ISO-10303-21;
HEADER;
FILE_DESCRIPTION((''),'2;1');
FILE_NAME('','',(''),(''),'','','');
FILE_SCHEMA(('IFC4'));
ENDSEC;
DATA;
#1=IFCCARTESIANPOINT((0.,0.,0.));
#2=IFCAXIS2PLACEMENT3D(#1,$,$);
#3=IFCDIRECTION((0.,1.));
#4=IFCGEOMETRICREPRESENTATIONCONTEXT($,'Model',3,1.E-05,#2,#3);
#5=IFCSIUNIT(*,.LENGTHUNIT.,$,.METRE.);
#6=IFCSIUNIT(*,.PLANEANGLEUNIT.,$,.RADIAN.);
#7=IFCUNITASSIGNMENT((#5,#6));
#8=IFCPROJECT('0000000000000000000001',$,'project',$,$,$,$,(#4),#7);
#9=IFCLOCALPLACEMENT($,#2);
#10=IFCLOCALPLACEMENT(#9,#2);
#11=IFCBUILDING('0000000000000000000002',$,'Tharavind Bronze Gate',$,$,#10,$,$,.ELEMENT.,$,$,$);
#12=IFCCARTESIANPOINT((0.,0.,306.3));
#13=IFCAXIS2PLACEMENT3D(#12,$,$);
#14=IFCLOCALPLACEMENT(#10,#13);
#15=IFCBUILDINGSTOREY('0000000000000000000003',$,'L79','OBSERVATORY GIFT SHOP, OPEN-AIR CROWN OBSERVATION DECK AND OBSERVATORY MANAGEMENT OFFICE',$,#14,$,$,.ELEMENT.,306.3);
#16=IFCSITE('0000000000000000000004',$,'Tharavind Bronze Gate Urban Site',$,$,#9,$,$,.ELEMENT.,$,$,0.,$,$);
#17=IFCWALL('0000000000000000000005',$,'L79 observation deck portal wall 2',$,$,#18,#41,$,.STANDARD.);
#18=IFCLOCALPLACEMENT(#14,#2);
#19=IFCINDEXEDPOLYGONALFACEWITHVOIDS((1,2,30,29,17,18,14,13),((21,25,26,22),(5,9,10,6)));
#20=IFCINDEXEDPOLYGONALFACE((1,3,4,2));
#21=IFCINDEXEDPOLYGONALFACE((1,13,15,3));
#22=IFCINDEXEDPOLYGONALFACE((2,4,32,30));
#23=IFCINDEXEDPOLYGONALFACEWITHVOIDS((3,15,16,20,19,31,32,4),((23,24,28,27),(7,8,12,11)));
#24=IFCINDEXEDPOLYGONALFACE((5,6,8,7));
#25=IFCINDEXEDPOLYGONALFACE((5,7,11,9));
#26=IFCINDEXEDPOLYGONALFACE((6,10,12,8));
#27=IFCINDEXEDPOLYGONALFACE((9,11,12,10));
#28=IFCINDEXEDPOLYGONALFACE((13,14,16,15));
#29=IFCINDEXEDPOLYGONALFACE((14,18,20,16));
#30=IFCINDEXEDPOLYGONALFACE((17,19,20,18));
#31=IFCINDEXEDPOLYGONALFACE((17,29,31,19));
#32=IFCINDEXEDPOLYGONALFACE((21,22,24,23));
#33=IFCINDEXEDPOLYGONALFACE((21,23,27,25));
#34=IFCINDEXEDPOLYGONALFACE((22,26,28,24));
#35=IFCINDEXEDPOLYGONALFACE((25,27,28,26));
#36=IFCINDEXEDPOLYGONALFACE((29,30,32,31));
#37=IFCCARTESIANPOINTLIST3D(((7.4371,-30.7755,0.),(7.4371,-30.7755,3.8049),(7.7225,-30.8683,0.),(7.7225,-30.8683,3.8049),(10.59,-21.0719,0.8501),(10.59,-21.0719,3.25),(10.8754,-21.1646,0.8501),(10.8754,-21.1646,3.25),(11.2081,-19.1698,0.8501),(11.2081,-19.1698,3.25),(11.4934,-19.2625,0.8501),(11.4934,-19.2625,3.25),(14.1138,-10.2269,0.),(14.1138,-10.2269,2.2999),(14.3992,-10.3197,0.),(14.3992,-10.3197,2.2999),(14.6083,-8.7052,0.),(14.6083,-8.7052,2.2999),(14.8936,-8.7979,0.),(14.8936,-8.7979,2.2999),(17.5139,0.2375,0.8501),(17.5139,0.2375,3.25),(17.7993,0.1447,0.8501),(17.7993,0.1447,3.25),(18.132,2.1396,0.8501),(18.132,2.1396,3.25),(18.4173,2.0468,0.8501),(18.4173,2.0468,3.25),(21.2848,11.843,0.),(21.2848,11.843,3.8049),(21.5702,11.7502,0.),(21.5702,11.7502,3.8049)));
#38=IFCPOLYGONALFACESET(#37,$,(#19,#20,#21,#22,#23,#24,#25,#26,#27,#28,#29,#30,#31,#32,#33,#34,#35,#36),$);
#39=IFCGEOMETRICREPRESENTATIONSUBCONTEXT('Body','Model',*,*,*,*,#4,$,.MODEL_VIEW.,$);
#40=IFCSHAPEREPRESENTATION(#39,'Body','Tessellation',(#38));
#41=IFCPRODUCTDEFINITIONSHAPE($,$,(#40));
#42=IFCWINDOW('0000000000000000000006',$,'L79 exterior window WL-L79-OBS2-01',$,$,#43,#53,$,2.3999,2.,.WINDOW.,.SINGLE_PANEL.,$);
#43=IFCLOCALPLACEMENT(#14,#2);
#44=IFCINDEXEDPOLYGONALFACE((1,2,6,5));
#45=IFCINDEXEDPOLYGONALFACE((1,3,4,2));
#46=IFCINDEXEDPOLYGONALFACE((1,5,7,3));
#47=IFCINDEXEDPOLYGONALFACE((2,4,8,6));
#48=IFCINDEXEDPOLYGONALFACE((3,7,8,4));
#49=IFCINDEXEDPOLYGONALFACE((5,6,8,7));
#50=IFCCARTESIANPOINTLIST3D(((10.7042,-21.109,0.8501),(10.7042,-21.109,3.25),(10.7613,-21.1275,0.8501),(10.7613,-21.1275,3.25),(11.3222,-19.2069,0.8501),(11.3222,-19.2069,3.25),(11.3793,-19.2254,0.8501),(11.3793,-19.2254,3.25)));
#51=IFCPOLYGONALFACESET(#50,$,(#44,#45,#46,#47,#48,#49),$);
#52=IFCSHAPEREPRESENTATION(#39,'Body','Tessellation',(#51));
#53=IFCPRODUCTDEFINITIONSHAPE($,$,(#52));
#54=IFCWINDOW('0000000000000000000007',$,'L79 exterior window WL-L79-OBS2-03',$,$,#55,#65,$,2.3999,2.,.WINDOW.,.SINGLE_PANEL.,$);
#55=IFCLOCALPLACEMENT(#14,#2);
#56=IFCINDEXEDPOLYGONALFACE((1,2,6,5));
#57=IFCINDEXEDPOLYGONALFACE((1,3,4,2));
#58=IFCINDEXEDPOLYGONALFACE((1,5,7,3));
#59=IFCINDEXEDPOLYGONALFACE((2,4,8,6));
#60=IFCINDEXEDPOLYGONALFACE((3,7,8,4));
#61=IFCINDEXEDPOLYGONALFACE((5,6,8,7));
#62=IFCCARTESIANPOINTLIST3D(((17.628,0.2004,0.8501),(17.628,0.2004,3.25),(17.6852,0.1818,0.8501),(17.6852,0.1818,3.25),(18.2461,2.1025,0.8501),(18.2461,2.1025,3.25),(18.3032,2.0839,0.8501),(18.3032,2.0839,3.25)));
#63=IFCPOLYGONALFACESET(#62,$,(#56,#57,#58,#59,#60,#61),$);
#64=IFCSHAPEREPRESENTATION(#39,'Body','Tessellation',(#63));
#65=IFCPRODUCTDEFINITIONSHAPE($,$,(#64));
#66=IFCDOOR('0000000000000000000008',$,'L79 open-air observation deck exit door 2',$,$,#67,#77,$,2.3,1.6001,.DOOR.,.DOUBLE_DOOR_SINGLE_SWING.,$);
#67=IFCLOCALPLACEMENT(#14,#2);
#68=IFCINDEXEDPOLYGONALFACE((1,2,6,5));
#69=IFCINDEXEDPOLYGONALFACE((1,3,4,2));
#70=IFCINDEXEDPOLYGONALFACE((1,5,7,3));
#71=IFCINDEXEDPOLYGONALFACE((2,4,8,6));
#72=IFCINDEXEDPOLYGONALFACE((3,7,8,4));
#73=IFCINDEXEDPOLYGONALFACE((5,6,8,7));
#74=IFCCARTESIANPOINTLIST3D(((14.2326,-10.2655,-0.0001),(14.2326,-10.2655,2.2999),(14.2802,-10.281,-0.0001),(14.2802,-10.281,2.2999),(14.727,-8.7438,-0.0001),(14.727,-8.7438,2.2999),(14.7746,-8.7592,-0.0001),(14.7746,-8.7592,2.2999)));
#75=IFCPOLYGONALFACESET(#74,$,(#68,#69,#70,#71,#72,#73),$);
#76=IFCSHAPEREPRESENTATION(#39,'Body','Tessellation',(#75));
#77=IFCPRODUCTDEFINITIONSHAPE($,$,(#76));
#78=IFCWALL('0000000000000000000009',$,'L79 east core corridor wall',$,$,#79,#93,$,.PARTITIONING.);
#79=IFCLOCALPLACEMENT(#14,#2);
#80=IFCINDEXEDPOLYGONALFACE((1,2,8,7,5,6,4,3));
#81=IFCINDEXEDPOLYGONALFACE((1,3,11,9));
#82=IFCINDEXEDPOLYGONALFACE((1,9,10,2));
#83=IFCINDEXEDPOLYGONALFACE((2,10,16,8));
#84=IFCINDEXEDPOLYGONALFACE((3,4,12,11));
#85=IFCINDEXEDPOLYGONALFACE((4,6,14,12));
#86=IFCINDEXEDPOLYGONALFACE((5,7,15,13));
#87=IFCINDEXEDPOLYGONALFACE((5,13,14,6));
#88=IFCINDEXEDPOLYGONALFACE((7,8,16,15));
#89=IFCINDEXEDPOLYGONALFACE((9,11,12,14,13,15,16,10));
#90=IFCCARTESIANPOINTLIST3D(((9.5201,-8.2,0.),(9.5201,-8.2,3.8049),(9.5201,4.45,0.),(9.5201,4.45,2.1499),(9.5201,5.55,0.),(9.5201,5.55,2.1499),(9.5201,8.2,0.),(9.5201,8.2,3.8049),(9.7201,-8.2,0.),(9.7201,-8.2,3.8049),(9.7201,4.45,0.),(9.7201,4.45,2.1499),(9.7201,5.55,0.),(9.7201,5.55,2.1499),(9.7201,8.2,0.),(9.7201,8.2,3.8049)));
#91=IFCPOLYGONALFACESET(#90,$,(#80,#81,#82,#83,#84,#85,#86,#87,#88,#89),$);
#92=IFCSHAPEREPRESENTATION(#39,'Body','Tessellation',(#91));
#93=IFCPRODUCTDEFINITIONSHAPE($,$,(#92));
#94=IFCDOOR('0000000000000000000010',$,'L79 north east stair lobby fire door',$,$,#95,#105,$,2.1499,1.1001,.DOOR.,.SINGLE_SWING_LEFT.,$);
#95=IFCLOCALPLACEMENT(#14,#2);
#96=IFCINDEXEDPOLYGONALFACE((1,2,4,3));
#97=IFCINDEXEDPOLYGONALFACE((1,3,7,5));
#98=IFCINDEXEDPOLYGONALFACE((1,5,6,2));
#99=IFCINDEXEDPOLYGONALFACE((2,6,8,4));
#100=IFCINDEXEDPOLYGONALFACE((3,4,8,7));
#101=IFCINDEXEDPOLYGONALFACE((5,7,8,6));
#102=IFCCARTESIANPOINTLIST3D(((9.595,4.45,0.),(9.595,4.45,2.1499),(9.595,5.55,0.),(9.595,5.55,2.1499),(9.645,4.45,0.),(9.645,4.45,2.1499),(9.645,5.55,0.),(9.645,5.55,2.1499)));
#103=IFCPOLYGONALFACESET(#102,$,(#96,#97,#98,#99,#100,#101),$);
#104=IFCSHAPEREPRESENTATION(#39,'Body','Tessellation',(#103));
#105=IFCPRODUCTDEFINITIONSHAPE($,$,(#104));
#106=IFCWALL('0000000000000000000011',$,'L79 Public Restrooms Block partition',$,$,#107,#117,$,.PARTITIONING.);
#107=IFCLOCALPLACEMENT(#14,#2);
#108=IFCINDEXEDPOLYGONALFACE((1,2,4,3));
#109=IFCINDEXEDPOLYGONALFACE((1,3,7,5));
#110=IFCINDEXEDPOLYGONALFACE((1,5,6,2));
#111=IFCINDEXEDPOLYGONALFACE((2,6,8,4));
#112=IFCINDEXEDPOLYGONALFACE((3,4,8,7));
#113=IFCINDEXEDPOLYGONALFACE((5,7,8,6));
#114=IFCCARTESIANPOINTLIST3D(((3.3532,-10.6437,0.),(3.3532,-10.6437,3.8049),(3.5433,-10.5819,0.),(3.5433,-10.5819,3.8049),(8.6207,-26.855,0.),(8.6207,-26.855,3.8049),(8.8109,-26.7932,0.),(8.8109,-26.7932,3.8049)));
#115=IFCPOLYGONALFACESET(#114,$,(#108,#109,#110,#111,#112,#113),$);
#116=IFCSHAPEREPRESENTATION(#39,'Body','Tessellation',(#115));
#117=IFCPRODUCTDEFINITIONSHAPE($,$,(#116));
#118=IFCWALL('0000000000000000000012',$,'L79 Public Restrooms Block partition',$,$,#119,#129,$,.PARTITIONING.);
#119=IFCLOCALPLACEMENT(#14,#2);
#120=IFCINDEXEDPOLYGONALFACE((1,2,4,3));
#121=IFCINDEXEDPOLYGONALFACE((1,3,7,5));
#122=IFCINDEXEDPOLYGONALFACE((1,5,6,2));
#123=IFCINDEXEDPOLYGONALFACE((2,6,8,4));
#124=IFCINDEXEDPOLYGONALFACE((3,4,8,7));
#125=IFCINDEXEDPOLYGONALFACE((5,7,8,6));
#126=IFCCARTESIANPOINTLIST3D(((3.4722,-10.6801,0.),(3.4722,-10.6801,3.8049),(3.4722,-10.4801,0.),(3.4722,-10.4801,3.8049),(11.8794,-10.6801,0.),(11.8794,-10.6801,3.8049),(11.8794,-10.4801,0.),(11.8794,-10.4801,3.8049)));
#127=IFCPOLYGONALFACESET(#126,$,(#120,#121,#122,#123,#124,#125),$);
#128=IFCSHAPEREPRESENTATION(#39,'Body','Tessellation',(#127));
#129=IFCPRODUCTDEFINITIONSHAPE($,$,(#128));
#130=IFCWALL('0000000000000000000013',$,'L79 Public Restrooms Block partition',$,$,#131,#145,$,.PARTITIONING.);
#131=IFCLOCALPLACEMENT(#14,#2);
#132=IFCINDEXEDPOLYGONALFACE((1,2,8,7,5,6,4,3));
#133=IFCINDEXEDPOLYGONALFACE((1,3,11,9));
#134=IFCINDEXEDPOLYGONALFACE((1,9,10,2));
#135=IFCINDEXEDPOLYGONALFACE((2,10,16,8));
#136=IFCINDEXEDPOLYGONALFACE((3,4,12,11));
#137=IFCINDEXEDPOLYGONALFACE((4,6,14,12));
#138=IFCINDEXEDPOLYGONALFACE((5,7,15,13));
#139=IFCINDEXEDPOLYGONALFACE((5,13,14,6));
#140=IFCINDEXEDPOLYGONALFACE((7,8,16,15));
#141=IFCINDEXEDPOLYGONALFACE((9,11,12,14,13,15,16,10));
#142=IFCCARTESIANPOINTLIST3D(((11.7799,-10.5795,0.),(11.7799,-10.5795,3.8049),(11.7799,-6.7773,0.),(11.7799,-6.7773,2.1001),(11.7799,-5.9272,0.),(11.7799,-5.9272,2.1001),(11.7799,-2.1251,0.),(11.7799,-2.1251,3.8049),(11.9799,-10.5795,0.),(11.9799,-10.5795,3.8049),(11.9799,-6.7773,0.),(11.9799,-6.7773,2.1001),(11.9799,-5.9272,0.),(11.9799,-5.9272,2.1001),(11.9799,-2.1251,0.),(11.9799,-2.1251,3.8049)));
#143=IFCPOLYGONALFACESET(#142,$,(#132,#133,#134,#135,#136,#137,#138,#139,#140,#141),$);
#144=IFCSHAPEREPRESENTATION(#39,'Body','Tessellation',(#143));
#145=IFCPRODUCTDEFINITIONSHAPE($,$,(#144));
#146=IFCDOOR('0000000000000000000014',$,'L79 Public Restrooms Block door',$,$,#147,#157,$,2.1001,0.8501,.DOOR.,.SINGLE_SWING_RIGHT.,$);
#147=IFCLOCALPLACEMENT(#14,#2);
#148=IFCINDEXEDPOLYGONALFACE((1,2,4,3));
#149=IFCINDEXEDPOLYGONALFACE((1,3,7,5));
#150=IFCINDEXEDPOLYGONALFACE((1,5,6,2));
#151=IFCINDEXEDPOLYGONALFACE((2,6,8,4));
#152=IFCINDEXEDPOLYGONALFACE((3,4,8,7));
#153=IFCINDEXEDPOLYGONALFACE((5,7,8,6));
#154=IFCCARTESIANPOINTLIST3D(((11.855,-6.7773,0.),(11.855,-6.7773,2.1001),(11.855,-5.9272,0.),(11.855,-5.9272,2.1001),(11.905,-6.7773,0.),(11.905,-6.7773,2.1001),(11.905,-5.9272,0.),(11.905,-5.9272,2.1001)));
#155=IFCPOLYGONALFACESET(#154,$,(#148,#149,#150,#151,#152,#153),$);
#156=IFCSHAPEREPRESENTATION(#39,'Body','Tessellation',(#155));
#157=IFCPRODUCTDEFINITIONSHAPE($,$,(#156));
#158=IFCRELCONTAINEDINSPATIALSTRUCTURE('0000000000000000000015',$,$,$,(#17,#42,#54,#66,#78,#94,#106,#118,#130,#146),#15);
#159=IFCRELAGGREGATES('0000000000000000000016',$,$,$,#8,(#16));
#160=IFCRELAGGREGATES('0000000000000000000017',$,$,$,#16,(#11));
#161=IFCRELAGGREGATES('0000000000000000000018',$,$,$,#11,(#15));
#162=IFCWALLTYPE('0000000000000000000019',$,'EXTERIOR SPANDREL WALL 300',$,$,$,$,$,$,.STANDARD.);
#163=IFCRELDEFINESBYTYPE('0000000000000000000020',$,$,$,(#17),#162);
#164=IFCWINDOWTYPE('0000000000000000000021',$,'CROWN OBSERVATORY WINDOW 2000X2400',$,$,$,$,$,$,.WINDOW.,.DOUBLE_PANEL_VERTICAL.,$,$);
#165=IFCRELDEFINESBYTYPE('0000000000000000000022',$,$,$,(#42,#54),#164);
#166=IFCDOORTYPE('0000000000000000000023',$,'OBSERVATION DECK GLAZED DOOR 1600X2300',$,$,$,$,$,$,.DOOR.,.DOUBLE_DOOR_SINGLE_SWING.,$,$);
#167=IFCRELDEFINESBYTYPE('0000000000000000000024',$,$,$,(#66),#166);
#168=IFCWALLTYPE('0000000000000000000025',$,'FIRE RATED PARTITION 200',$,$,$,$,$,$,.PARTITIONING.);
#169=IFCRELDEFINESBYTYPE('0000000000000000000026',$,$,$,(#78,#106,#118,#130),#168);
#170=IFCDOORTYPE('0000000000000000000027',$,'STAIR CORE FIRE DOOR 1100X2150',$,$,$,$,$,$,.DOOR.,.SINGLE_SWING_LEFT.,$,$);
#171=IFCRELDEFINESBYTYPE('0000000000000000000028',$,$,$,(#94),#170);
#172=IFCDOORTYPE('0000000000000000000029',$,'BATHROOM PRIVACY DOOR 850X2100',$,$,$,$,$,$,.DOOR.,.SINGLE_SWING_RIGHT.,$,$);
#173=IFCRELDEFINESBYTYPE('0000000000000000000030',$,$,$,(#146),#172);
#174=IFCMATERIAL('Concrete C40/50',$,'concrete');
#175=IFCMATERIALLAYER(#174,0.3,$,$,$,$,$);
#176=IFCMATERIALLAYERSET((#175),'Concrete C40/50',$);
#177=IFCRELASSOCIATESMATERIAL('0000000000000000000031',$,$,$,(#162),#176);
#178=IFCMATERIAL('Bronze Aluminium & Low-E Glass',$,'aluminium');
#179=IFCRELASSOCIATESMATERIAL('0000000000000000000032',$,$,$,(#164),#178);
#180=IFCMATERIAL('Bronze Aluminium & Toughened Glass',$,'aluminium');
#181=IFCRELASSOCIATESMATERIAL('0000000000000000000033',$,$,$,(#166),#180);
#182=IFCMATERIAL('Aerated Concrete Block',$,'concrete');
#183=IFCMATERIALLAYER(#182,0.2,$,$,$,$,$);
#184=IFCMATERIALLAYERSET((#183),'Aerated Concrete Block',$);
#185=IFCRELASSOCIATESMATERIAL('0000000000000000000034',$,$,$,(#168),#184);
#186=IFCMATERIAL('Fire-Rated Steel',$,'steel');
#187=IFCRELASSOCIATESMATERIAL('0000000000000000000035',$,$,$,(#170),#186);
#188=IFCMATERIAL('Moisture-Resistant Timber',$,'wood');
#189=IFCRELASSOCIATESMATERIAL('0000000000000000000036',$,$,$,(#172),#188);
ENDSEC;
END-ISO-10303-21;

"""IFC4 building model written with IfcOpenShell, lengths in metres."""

from ifc_helpers import new_model, si_unit, direction, frame, frame_2d, origin, place, context, subcontext, project, spatial, rectangle, extrude, material, layer, layer_set, type_object, element, fill, save


model = new_model("IFC4")

# Units and contexts
model_context = context("Model", 3, precision=1e-05, world=origin(), true_north=direction((0.0, 1.0)))
body_context = subcontext(model_context, "Body", "Model", "MODEL_VIEW")
ifc_project = project(units=[si_unit("LENGTHUNIT", "METRE"), si_unit("PLANEANGLEUNIT", "RADIAN")], contexts=[model_context])

# Site, building, storey
site_placement = place(None, origin())
site = spatial("IfcSite", under=ifc_project, at=site_placement, Name="Tharavind Bronze Gate Urban Site", CompositionType="ELEMENT", RefElevation=0.0)
building_placement = place(site_placement, origin())
building = spatial("IfcBuilding", under=site, at=building_placement, Name="Tharavind Bronze Gate", CompositionType="ELEMENT")
storey_placement = place(building_placement, frame((0.0, 0.0, 306.3)))
storey = spatial("IfcBuildingStorey", under=building, at=storey_placement, Name="L79", Description="OBSERVATORY GIFT SHOP, OPEN-AIR CROWN OBSERVATION DECK AND OBSERVATORY MANAGEMENT OFFICE", CompositionType="ELEMENT", Elevation=306.3)

# Shared definitions
ifc_material_1 = material(Name="Concrete C40/50", Category="concrete")
ifc_layer_1 = layer(ifc_material_1, 0.3)
ifc_layer_set_1 = layer_set([ifc_layer_1], Name="Concrete C40/50")
wall_type_1 = type_object("IfcWallType", Name="EXTERIOR SPANDREL WALL 300", PredefinedType="STANDARD", material=ifc_layer_set_1)
ifc_material_2 = material(Name="Bronze Aluminium & Low-E Glass", Category="aluminium")
window_type = type_object("IfcWindowType", Name="CROWN OBSERVATORY WINDOW 2000X2400", PartitioningType="DOUBLE_PANEL_VERTICAL", PredefinedType="WINDOW", material=ifc_material_2)

# Wall, openings, windows, door
wall_1_placement = place(storey_placement, frame((7.5798, -30.8218, 0.0), z_axis=(0.0, 0.0, 1.0), x_axis=(0.309019, 0.951056, 0.0)))
wall_1 = element("IfcWall", 1, at=wall_1_placement, inside=storey, type_object=wall_type_1, Name="L79 observation deck portal wall 2", PredefinedType="STANDARD", context=body_context, shape_type="SweptSolid", body=[
    extrude(rectangle(XDim=44.8118, YDim=0.3, at=frame_2d((22.4058, 0.0))), origin(), (0.0, 0.0, 1.0), 3.8049),
])
opening_1_placement = place(wall_1_placement, frame((21.606, 0.0, 0.0)))
opening_1 = element("IfcOpeningElement", 2, at=opening_1_placement, cuts=wall_1, PredefinedType="OPENING", context=body_context, shape_type="SweptSolid", body=[
    extrude(rectangle(XDim=1.6001, YDim=2.3, at=frame_2d((0.8, 1.1499))), frame((0.0, 0.1599, 0.0), z_axis=(0.0, -1.0, 0.0), x_axis=(1.0, 0.0, 0.0)), (0.0, 0.0, 1.0), 0.32),
])
opening_2_placement = place(wall_1_placement, frame((10.2029, 0.0, 0.8501)))
opening_2 = element("IfcOpeningElement", 3, at=opening_2_placement, cuts=wall_1, PredefinedType="OPENING", context=body_context, shape_type="SweptSolid", body=[
    extrude(rectangle(XDim=2.0, YDim=2.3999, at=frame_2d((1.0, 1.2))), frame((0.0, 0.1599, 0.0), z_axis=(0.0, -1.0, 0.0), x_axis=(1.0, 0.0, 0.0)), (0.0, 0.0, 1.0), 0.32),
])
opening_3_placement = place(wall_1_placement, frame((32.6089, 0.0, 0.8501)))
opening_3 = element("IfcOpeningElement", 4, at=opening_3_placement, cuts=wall_1, PredefinedType="OPENING", context=body_context, shape_type="SweptSolid", body=[
    extrude(rectangle(XDim=2.0, YDim=2.3999, at=frame_2d((1.0, 1.2))), frame((0.0, 0.1599, 0.0), z_axis=(0.0, -1.0, 0.0), x_axis=(1.0, 0.0, 0.0)), (0.0, 0.0, 1.0), 0.32),
])
window_1_placement = place(opening_2_placement, origin())
window_1 = element("IfcWindow", 5, at=window_1_placement, inside=storey, type_object=window_type, Name="L79 exterior window WL-L79-OBS2-01", OverallHeight=2.3999, OverallWidth=2.0, PartitioningType="SINGLE_PANEL", PredefinedType="WINDOW", context=body_context, shape_type="SweptSolid", body=[
    extrude(rectangle(XDim=2.0, YDim=2.3999, at=frame_2d((1.0, 1.2))), frame((0.0, 0.03, 0.0), z_axis=(0.0, -1.0, 0.0), x_axis=(1.0, 0.0, 0.0)), (0.0, 0.0, 1.0), 0.0601),
])
fill(opening_2, window_1)
window_2_placement = place(opening_3_placement, origin())
window_2 = element("IfcWindow", 6, at=window_2_placement, inside=storey, type_object=window_type, Name="L79 exterior window WL-L79-OBS2-03", OverallHeight=2.3999, OverallWidth=2.0, PartitioningType="SINGLE_PANEL", PredefinedType="WINDOW", context=body_context, shape_type="SweptSolid", body=[
    extrude(rectangle(XDim=2.0, YDim=2.3999, at=frame_2d((1.0, 1.2))), frame((0.0, 0.03, 0.0), z_axis=(0.0, -1.0, 0.0), x_axis=(1.0, 0.0, 0.0)), (0.0, 0.0, 1.0), 0.0601),
])
fill(opening_3, window_2)
ifc_material_3 = material(Name="Bronze Aluminium & Toughened Glass", Category="aluminium")
door_type_1 = type_object("IfcDoorType", Name="OBSERVATION DECK GLAZED DOOR 1600X2300", OperationType="DOUBLE_DOOR_SINGLE_SWING", PredefinedType="DOOR", material=ifc_material_3)
door_1_placement = place(opening_1_placement, frame((1.6001, 0.0, 0.0), z_axis=(0.0, 0.0, 1.0), x_axis=(-1.0, 0.0, 0.0)))
door_1 = element("IfcDoor", 7, at=door_1_placement, inside=storey, type_object=door_type_1, Name="L79 open-air observation deck exit door 2", OperationType="DOUBLE_DOOR_SINGLE_SWING", OverallHeight=2.3, OverallWidth=1.6001, PredefinedType="DOOR", context=body_context, shape_type="SweptSolid", body=[
    extrude(rectangle(XDim=1.6001, YDim=2.3, at=frame_2d((0.8, 1.1499))), frame((0.0, 0.0249, 0.0), z_axis=(0.0, -1.0, 0.0), x_axis=(1.0, 0.0, 0.0)), (0.0, 0.0, 1.0), 0.05),
])
fill(opening_1, door_1)

# Wall, opening, door
ifc_material_4 = material(Name="Aerated Concrete Block", Category="concrete")
ifc_layer_2 = layer(ifc_material_4, 0.2)
ifc_layer_set_2 = layer_set([ifc_layer_2], Name="Aerated Concrete Block")
wall_type_2 = type_object("IfcWallType", Name="FIRE RATED PARTITION 200", PredefinedType="PARTITIONING", material=ifc_layer_set_2)
wall_2_placement = place(storey_placement, frame((9.6201, -8.2, 0.0), z_axis=(0.0, 0.0, 1.0), x_axis=(0.0, 1.0, 0.0)))
wall_2 = element("IfcWall", 8, at=wall_2_placement, inside=storey, type_object=wall_type_2, Name="L79 east core corridor wall", PredefinedType="PARTITIONING", context=body_context, shape_type="SweptSolid", body=[
    extrude(rectangle(XDim=16.3999, YDim=0.2, at=frame_2d((8.2, 0.0))), origin(), (0.0, 0.0, 1.0), 3.8049),
])
opening_4_placement = place(wall_2_placement, frame((12.6499, 0.0, 0.0)))
opening_4 = element("IfcOpeningElement", 9, at=opening_4_placement, cuts=wall_2, PredefinedType="OPENING", context=body_context, shape_type="SweptSolid", body=[
    extrude(rectangle(XDim=1.1001, YDim=2.1499, at=frame_2d((0.55, 1.075))), frame((0.0, 0.1101, 0.0), z_axis=(0.0, -1.0, 0.0), x_axis=(1.0, 0.0, 0.0)), (0.0, 0.0, 1.0), 0.22),
])
ifc_material_5 = material(Name="Fire-Rated Steel", Category="steel")
door_type_2 = type_object("IfcDoorType", Name="STAIR CORE FIRE DOOR 1100X2150", OperationType="SINGLE_SWING_LEFT", PredefinedType="DOOR", material=ifc_material_5)
door_2_placement = place(opening_4_placement, frame((1.1001, 0.0, 0.0), z_axis=(0.0, 0.0, 1.0), x_axis=(-1.0, 0.0, 0.0)))
door_2 = element("IfcDoor", 10, at=door_2_placement, inside=storey, type_object=door_type_2, Name="L79 north east stair lobby fire door", OperationType="SINGLE_SWING_LEFT", OverallHeight=2.1499, OverallWidth=1.1001, PredefinedType="DOOR", context=body_context, shape_type="SweptSolid", body=[
    extrude(rectangle(XDim=1.1001, YDim=2.1499, at=frame_2d((0.55, 1.075))), frame((0.0, 0.0249, 0.0), z_axis=(0.0, -1.0, 0.0), x_axis=(1.0, 0.0, 0.0)), (0.0, 0.0, 1.0), 0.05),
])
fill(opening_4, door_2)

# Walls
wall_3_placement = place(storey_placement, frame((8.7158, -26.8242, 0.0), z_axis=(0.0, 0.0, 1.0), x_axis=(-0.309026, 0.951054, 0.0)))
element("IfcWall", 11, at=wall_3_placement, inside=storey, type_object=wall_type_2, Name="L79 Public Restrooms Block partition", PredefinedType="PARTITIONING", context=body_context, shape_type="SweptSolid", body=[
    extrude(rectangle(XDim=17.0457, YDim=0.2, at=frame_2d((8.5229, 0.0))), origin(), (0.0, 0.0, 1.0), 3.8049),
])
wall_4_placement = place(storey_placement, frame((3.4722, -10.5801, 0.0), z_axis=(0.0, 0.0, 1.0), x_axis=(1.0, 0.0, 0.0)))
element("IfcWall", 12, at=wall_4_placement, inside=storey, type_object=wall_type_2, Name="L79 Public Restrooms Block partition", PredefinedType="PARTITIONING", context=body_context, shape_type="SweptSolid", body=[
    extrude(rectangle(XDim=8.4072, YDim=0.2, at=frame_2d((4.2036, 0.0))), origin(), (0.0, 0.0, 1.0), 3.8049),
])

# Wall, opening, door
wall_5_placement = place(storey_placement, frame((11.8799, -10.5793, 0.0), z_axis=(0.0, 0.0, 1.0), x_axis=(0.0, 1.0, 0.0)))
wall_5 = element("IfcWall", 13, at=wall_5_placement, inside=storey, type_object=wall_type_2, Name="L79 Public Restrooms Block partition", PredefinedType="PARTITIONING", context=body_context, shape_type="SweptSolid", body=[
    extrude(rectangle(XDim=8.4543, YDim=0.2, at=frame_2d((4.2271, 0.0))), origin(), (0.0, 0.0, 1.0), 3.8049),
])
opening_5_placement = place(wall_5_placement, frame((3.802, 0.0, 0.0)))
opening_5 = element("IfcOpeningElement", 14, at=opening_5_placement, cuts=wall_5, PredefinedType="OPENING", context=body_context, shape_type="SweptSolid", body=[
    extrude(rectangle(XDim=0.8501, YDim=2.1001, at=frame_2d((0.425, 1.05))), frame((0.0, 0.1101, 0.0), z_axis=(0.0, -1.0, 0.0), x_axis=(1.0, 0.0, 0.0)), (0.0, 0.0, 1.0), 0.22),
])
ifc_material_6 = material(Name="Moisture-Resistant Timber", Category="wood")
door_type_3 = type_object("IfcDoorType", Name="BATHROOM PRIVACY DOOR 850X2100", OperationType="SINGLE_SWING_RIGHT", PredefinedType="DOOR", material=ifc_material_6)
door_3_placement = place(opening_5_placement, origin())
door_3 = element("IfcDoor", 15, at=door_3_placement, inside=storey, type_object=door_type_3, Name="L79 Public Restrooms Block door", OperationType="SINGLE_SWING_RIGHT", OverallHeight=2.1001, OverallWidth=0.8501, PredefinedType="DOOR", context=body_context, shape_type="SweptSolid", body=[
    extrude(rectangle(XDim=0.8501, YDim=2.1001, at=frame_2d((0.425, 1.05))), frame((0.0, 0.0249, 0.0), z_axis=(0.0, -1.0, 0.0), x_axis=(1.0, 0.0, 0.0)), (0.0, 0.0, 1.0), 0.05),
])
fill(opening_5, door_3)

save(model, "model.ifc")
